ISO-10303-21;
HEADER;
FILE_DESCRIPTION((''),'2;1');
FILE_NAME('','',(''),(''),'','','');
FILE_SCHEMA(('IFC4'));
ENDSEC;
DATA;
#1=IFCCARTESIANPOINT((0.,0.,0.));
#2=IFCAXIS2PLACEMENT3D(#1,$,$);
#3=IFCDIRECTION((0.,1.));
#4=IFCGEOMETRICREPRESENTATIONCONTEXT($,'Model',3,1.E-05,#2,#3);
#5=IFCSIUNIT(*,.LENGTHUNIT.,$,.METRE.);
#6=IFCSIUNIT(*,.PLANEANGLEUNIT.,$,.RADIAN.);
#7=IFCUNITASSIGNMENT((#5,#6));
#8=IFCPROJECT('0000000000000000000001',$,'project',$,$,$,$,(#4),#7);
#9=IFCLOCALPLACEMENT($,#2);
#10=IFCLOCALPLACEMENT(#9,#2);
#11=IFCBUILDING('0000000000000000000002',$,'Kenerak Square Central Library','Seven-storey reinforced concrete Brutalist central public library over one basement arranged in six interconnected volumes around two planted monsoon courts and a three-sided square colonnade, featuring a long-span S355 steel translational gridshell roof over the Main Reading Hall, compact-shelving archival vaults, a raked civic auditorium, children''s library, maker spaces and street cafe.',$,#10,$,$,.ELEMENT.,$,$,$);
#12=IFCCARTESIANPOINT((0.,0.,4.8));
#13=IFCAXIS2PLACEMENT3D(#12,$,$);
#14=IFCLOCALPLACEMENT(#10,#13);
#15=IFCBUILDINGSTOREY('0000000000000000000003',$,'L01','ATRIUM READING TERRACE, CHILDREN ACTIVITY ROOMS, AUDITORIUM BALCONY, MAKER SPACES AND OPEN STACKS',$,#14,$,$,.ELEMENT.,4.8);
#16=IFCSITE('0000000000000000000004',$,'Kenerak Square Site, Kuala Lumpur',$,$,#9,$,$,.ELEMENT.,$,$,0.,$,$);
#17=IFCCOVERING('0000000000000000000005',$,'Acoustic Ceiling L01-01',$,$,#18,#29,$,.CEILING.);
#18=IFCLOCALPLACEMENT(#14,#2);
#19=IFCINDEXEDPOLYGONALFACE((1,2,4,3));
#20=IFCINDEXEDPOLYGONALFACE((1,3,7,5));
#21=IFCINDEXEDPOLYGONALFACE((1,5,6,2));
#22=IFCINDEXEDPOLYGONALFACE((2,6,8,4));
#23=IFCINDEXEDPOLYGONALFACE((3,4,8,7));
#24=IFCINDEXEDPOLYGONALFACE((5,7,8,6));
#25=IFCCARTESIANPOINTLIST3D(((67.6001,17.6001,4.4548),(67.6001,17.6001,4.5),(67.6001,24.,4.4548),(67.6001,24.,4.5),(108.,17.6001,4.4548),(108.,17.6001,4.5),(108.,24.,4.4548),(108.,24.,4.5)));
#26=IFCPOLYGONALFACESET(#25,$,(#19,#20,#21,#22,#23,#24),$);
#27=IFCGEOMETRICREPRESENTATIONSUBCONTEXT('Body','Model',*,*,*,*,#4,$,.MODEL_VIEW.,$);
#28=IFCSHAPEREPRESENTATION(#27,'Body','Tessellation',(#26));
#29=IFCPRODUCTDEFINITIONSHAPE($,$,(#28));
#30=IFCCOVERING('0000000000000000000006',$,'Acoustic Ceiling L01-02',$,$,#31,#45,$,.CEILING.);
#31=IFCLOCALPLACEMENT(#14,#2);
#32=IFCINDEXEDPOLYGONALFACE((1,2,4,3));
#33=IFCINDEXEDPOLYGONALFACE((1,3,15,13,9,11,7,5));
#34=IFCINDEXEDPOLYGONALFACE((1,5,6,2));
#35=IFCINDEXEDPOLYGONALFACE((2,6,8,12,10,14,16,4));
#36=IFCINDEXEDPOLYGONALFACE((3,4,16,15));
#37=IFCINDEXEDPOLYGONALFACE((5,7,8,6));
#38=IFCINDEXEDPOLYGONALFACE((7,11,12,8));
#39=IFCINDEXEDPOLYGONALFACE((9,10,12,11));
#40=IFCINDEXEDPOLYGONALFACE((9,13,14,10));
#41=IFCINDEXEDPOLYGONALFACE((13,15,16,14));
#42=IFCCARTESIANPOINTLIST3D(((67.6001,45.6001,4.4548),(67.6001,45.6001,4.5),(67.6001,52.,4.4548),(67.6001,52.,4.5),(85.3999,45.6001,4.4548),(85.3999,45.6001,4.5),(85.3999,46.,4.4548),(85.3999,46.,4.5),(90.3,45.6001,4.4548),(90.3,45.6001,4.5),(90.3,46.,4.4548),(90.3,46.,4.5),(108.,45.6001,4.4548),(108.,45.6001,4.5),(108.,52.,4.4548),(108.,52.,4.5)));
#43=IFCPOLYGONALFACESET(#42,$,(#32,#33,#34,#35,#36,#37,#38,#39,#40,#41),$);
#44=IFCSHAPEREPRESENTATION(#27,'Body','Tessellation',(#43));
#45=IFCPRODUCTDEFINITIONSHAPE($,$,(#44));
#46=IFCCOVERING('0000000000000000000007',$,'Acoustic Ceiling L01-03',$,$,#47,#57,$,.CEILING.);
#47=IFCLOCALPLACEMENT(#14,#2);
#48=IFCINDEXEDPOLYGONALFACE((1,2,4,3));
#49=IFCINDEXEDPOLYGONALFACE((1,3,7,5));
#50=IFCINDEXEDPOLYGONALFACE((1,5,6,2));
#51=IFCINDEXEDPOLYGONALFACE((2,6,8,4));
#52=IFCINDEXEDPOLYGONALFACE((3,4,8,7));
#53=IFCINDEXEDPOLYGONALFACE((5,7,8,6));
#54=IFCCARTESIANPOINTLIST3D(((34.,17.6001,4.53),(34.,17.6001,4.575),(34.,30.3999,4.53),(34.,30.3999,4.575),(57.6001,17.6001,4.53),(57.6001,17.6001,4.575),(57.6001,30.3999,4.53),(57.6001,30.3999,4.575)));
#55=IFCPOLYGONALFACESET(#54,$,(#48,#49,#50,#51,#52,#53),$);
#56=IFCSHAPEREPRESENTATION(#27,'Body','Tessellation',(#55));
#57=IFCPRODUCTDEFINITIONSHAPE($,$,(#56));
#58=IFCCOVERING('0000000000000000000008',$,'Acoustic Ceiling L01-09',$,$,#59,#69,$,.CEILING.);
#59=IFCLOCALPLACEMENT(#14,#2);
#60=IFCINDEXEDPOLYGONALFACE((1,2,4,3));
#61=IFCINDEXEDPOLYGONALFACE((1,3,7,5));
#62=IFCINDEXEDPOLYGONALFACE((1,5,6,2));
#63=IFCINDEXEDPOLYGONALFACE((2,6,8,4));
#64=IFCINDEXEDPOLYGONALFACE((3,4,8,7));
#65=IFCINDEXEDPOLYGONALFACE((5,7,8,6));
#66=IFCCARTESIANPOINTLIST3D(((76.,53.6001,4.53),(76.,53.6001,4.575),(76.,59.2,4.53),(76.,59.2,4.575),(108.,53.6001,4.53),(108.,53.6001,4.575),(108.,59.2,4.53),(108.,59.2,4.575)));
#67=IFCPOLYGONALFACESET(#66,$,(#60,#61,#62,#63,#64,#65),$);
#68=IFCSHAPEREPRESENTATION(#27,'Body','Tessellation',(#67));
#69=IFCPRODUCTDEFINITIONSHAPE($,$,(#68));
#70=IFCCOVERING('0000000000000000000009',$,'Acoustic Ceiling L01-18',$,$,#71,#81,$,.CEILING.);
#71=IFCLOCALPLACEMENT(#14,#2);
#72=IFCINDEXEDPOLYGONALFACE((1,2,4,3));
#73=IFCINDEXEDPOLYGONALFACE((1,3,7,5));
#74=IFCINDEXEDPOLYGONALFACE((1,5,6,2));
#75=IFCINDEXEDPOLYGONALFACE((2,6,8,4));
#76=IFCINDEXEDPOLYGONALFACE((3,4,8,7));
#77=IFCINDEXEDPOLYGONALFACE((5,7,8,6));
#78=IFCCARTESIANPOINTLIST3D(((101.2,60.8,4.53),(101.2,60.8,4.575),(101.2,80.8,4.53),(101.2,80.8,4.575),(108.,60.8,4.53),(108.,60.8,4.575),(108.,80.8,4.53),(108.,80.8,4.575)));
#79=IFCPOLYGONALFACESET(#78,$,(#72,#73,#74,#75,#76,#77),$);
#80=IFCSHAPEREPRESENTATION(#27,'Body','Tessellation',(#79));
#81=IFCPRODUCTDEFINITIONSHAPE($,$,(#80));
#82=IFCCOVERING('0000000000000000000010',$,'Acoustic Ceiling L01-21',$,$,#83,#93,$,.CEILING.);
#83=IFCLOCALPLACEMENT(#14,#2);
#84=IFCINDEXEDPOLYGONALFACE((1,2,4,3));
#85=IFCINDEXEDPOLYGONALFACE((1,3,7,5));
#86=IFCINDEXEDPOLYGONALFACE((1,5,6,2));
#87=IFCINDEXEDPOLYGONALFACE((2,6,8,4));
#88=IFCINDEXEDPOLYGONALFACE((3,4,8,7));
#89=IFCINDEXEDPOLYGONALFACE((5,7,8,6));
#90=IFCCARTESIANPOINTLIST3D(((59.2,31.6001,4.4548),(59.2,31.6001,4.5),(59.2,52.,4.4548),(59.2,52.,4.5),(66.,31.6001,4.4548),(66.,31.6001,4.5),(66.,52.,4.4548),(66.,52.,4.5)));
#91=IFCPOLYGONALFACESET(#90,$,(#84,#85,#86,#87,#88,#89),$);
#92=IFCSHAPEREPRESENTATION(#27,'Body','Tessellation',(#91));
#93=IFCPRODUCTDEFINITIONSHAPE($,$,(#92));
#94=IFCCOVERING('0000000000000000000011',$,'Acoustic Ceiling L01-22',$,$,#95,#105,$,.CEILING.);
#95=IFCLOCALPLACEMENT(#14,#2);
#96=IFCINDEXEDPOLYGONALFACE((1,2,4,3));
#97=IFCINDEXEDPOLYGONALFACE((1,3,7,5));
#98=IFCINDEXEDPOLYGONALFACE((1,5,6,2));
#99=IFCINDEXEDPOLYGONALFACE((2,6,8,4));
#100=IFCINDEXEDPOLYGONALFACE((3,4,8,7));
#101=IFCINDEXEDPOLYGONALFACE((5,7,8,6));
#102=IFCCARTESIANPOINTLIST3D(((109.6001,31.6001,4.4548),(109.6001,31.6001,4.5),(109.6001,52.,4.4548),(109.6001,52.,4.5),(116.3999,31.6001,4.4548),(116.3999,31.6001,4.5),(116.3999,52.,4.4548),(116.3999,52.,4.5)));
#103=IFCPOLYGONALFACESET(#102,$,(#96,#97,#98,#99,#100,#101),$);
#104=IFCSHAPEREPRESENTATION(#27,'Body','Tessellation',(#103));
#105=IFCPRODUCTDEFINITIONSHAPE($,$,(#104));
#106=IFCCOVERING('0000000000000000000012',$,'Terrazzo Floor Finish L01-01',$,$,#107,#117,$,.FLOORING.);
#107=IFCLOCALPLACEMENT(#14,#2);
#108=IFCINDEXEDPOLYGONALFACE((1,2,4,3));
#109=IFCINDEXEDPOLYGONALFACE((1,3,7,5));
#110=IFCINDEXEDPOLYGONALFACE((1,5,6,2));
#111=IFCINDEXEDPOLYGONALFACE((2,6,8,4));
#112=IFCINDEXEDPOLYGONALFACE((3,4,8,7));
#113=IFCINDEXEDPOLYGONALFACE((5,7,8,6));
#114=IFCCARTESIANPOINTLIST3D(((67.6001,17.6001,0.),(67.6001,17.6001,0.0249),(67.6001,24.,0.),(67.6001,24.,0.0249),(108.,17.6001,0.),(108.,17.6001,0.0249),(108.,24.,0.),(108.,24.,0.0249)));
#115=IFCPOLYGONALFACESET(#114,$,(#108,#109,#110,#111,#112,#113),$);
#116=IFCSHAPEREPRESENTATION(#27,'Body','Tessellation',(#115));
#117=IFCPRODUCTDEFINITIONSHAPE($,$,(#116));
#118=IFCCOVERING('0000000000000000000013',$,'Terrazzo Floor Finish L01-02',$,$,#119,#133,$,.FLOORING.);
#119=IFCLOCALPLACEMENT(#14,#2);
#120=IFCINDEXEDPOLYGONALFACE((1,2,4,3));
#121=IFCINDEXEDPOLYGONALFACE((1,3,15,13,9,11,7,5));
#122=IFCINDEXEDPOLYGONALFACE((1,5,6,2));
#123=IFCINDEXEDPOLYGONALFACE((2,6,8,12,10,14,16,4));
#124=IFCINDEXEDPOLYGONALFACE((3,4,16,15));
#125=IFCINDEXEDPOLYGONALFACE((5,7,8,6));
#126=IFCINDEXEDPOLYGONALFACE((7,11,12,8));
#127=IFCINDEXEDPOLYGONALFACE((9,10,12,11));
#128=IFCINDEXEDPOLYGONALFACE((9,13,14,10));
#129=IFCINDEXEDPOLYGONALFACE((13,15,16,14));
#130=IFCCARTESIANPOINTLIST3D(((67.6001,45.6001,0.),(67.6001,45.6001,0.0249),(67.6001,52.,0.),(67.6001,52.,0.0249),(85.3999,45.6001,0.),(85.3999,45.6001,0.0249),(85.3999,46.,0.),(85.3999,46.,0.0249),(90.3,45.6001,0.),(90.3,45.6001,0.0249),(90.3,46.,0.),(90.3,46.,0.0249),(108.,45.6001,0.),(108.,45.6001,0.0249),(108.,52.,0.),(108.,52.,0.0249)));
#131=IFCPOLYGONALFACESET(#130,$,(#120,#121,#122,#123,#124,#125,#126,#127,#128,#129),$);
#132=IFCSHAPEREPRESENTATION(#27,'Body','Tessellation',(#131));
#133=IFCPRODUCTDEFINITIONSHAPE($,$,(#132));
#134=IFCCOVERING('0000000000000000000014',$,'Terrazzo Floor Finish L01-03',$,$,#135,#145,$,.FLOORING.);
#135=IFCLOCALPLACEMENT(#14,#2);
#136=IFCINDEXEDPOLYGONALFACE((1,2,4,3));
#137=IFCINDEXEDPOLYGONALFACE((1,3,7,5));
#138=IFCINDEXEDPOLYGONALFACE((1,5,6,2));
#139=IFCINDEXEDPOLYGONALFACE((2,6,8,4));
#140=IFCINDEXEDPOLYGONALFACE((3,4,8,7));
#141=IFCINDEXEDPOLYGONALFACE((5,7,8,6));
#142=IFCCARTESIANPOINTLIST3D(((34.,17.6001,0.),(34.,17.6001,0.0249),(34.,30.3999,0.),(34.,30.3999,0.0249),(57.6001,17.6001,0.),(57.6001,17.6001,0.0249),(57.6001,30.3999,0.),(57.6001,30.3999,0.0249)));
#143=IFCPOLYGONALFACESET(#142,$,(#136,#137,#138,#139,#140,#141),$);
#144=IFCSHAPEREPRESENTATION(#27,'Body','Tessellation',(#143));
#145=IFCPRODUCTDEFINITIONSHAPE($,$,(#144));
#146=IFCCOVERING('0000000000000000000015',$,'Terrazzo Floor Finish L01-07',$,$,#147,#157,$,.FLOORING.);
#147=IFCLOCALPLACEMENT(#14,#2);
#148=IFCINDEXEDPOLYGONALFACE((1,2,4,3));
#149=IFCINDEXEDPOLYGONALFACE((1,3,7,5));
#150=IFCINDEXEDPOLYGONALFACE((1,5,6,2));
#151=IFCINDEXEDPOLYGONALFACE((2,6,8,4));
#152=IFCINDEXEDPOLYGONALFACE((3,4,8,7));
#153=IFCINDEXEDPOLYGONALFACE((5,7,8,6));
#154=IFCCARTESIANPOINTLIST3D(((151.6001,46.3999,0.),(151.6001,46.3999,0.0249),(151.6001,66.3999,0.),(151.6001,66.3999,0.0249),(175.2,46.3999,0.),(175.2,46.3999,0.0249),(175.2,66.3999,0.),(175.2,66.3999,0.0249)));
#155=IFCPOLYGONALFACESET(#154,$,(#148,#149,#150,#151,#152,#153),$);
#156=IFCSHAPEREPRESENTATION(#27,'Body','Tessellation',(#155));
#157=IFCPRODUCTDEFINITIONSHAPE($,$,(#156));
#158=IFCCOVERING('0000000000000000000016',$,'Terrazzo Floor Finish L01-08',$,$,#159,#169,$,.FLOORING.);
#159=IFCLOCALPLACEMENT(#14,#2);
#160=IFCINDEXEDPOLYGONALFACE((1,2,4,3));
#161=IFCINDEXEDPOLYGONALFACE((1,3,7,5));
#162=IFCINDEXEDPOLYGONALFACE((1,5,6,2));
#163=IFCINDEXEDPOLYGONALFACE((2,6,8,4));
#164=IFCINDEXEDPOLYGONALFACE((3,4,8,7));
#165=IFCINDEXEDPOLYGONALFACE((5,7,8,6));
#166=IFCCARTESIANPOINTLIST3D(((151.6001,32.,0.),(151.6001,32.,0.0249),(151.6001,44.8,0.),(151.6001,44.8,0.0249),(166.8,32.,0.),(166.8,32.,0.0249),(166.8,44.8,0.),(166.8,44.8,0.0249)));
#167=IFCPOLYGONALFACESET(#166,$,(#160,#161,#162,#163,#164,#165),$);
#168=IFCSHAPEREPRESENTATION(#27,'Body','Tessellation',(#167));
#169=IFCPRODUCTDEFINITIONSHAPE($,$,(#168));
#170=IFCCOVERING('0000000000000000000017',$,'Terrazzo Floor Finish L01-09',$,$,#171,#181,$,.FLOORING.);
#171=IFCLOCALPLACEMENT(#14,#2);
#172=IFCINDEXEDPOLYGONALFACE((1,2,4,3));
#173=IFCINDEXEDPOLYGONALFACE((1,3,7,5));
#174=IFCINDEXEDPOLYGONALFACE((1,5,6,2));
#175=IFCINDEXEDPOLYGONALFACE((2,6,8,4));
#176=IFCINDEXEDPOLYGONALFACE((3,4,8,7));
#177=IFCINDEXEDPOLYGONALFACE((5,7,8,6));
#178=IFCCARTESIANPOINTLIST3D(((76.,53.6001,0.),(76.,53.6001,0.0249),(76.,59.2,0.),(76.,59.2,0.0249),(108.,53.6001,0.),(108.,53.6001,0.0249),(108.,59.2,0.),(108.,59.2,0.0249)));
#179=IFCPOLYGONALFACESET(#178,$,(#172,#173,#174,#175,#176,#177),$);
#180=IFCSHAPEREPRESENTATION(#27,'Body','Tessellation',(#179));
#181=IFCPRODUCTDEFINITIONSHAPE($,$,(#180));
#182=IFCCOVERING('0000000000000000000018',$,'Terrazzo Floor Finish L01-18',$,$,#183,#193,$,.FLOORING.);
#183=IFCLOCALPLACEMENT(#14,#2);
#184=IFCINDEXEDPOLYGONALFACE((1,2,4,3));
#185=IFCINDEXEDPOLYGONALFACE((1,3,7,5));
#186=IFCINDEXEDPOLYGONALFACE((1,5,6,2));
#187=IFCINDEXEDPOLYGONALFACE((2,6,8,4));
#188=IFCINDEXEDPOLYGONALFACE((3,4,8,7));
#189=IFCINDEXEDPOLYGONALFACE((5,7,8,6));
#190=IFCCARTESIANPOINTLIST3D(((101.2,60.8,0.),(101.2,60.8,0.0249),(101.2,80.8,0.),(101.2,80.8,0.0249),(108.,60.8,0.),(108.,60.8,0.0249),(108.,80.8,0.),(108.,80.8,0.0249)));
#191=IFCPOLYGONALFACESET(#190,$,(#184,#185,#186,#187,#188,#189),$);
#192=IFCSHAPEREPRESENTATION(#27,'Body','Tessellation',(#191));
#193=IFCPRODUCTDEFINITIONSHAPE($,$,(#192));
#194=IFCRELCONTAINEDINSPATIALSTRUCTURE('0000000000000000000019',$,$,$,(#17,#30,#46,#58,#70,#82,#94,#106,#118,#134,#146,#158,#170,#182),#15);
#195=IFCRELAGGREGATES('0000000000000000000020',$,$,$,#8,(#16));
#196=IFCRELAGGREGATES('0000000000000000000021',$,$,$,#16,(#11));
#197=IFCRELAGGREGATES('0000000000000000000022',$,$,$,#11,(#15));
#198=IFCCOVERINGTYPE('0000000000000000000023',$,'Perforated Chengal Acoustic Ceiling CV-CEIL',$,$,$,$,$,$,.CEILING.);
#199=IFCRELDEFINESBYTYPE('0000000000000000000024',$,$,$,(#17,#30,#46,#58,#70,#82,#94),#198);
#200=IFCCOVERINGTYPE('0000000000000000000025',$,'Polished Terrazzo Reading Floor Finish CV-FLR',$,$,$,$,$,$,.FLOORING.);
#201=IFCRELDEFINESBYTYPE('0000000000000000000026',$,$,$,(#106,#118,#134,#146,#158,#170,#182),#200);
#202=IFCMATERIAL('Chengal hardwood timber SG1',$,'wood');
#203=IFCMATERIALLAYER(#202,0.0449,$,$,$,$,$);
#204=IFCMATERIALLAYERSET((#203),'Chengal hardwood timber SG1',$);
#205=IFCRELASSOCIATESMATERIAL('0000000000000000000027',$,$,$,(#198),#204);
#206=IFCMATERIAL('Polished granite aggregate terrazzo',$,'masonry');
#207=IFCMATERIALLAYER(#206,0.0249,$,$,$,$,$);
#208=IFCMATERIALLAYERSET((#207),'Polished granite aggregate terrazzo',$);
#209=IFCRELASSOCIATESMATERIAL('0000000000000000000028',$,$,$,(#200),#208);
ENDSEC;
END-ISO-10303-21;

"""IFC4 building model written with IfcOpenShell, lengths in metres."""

from ifc_helpers import new_model, si_unit, direction, frame, origin, place, context, subcontext, project, spatial, polyline, outline, extrude, material, layer, layer_set, type_object, element, save


model = new_model("IFC4")

# Units and contexts
model_context = context("Model", 3, precision=1e-05, world=origin(), true_north=direction((0.0, 1.0)))
body_context = subcontext(model_context, "Body", "Model", "MODEL_VIEW")
ifc_project = project(units=[si_unit("LENGTHUNIT", "METRE"), si_unit("PLANEANGLEUNIT", "RADIAN")], contexts=[model_context])

# Site, building, storey
site_placement = place(None, origin())
site = spatial("IfcSite", under=ifc_project, at=site_placement, Name="Kenerak Square Site, Kuala Lumpur", CompositionType="ELEMENT", RefElevation=0.0)
building_placement = place(site_placement, origin())
building = spatial("IfcBuilding", under=site, at=building_placement, Name="Kenerak Square Central Library", Description="Seven-storey reinforced concrete Brutalist central public library over one basement arranged in six interconnected volumes around two planted monsoon courts and a three-sided square colonnade, featuring a long-span S355 steel translational gridshell roof over the Main Reading Hall, compact-shelving archival vaults, a raked civic auditorium, children's library, maker spaces and street cafe.", CompositionType="ELEMENT")
storey_placement = place(building_placement, frame((0.0, 0.0, 4.8)))
storey = spatial("IfcBuildingStorey", under=building, at=storey_placement, Name="L01", Description="ATRIUM READING TERRACE, CHILDREN ACTIVITY ROOMS, AUDITORIUM BALCONY, MAKER SPACES AND OPEN STACKS", CompositionType="ELEMENT", Elevation=4.8)

# Coverings
ifc_material_1 = material(Name="Chengal hardwood timber SG1", Category="wood")
ifc_layer_1 = layer(ifc_material_1, 0.0449)
ifc_layer_set_1 = layer_set([ifc_layer_1], Name="Chengal hardwood timber SG1")
covering_type_1 = type_object("IfcCoveringType", Name="Perforated Chengal Acoustic Ceiling CV-CEIL", PredefinedType="CEILING", material=ifc_layer_set_1)
covering_1_placement = place(storey_placement, frame((0.0, 0.0, 4.4548)))
element("IfcCovering", 1, at=covering_1_placement, inside=storey, type_object=covering_type_1, Name="Acoustic Ceiling L01-01", PredefinedType="CEILING", context=body_context, shape_type="SweptSolid", body=[
    extrude(outline(polyline([(108.0, 17.6001), (67.6001, 17.6001), (67.6001, 24.0), (108.0, 24.0), (108.0, 17.6001)])), origin(), (0.0, 0.0, 1.0), 0.0452),
])
covering_2_placement = place(storey_placement, frame((0.0, 0.0, 4.4548)))
element("IfcCovering", 2, at=covering_2_placement, inside=storey, type_object=covering_type_1, Name="Acoustic Ceiling L01-02", PredefinedType="CEILING", context=body_context, shape_type="SweptSolid", body=[
    extrude(outline(polyline([(90.3, 46.0), (85.3999, 46.0), (85.3999, 45.6001), (67.6001, 45.6001), (67.6001, 52.0), (108.0, 52.0), (108.0, 45.6001), (90.3, 45.6001), (90.3, 46.0)])), origin(), (0.0, 0.0, 1.0), 0.0452),
])
covering_3_placement = place(storey_placement, frame((0.0, 0.0, 4.53)))
element("IfcCovering", 3, at=covering_3_placement, inside=storey, type_object=covering_type_1, Name="Acoustic Ceiling L01-03", PredefinedType="CEILING", context=body_context, shape_type="SweptSolid", body=[
    extrude(outline(polyline([(34.0, 30.3999), (57.6001, 30.3999), (57.6001, 17.6001), (34.0, 17.6001), (34.0, 30.3999)])), origin(), (0.0, 0.0, 1.0), 0.0449),
])
covering_4_placement = place(storey_placement, frame((0.0, 0.0, 4.53)))
element("IfcCovering", 4, at=covering_4_placement, inside=storey, type_object=covering_type_1, Name="Acoustic Ceiling L01-09", PredefinedType="CEILING", context=body_context, shape_type="SweptSolid", body=[
    extrude(outline(polyline([(76.0, 59.2), (108.0, 59.2), (108.0, 53.6001), (76.0, 53.6001), (76.0, 59.2)])), origin(), (0.0, 0.0, 1.0), 0.0449),
])
covering_5_placement = place(storey_placement, frame((0.0, 0.0, 4.53)))
element("IfcCovering", 5, at=covering_5_placement, inside=storey, type_object=covering_type_1, Name="Acoustic Ceiling L01-18", PredefinedType="CEILING", context=body_context, shape_type="SweptSolid", body=[
    extrude(outline(polyline([(101.2, 80.8), (108.0, 80.8), (108.0, 60.8), (101.2, 60.8), (101.2, 80.8)])), origin(), (0.0, 0.0, 1.0), 0.0449),
])
covering_6_placement = place(storey_placement, frame((0.0, 0.0, 4.4548)))
element("IfcCovering", 6, at=covering_6_placement, inside=storey, type_object=covering_type_1, Name="Acoustic Ceiling L01-21", PredefinedType="CEILING", context=body_context, shape_type="SweptSolid", body=[
    extrude(outline(polyline([(59.2, 52.0), (66.0, 52.0), (66.0, 31.6001), (59.2, 31.6001), (59.2, 52.0)])), origin(), (0.0, 0.0, 1.0), 0.0452),
])
covering_7_placement = place(storey_placement, frame((0.0, 0.0, 4.4548)))
element("IfcCovering", 7, at=covering_7_placement, inside=storey, type_object=covering_type_1, Name="Acoustic Ceiling L01-22", PredefinedType="CEILING", context=body_context, shape_type="SweptSolid", body=[
    extrude(outline(polyline([(116.3999, 52.0), (116.3999, 31.6001), (109.6001, 31.6001), (109.6001, 52.0), (116.3999, 52.0)])), origin(), (0.0, 0.0, 1.0), 0.0452),
])
ifc_material_2 = material(Name="Polished granite aggregate terrazzo", Category="masonry")
ifc_layer_2 = layer(ifc_material_2, 0.0249)
ifc_layer_set_2 = layer_set([ifc_layer_2], Name="Polished granite aggregate terrazzo")
covering_type_2 = type_object("IfcCoveringType", Name="Polished Terrazzo Reading Floor Finish CV-FLR", PredefinedType="FLOORING", material=ifc_layer_set_2)
covering_8_placement = place(storey_placement, origin())
element("IfcCovering", 8, at=covering_8_placement, inside=storey, type_object=covering_type_2, Name="Terrazzo Floor Finish L01-01", PredefinedType="FLOORING", context=body_context, shape_type="SweptSolid", body=[
    extrude(outline(polyline([(108.0, 17.6001), (67.6001, 17.6001), (67.6001, 24.0), (108.0, 24.0), (108.0, 17.6001)])), origin(), (0.0, 0.0, 1.0), 0.0249),
])
covering_9_placement = place(storey_placement, origin())
element("IfcCovering", 9, at=covering_9_placement, inside=storey, type_object=covering_type_2, Name="Terrazzo Floor Finish L01-02", PredefinedType="FLOORING", context=body_context, shape_type="SweptSolid", body=[
    extrude(outline(polyline([(90.3, 46.0), (85.3999, 46.0), (85.3999, 45.6001), (67.6001, 45.6001), (67.6001, 52.0), (108.0, 52.0), (108.0, 45.6001), (90.3, 45.6001), (90.3, 46.0)])), origin(), (0.0, 0.0, 1.0), 0.0249),
])
covering_10_placement = place(storey_placement, origin())
element("IfcCovering", 10, at=covering_10_placement, inside=storey, type_object=covering_type_2, Name="Terrazzo Floor Finish L01-03", PredefinedType="FLOORING", context=body_context, shape_type="SweptSolid", body=[
    extrude(outline(polyline([(34.0, 30.3999), (57.6001, 30.3999), (57.6001, 17.6001), (34.0, 17.6001), (34.0, 30.3999)])), origin(), (0.0, 0.0, 1.0), 0.0249),
])
covering_11_placement = place(storey_placement, origin())
element("IfcCovering", 11, at=covering_11_placement, inside=storey, type_object=covering_type_2, Name="Terrazzo Floor Finish L01-07", PredefinedType="FLOORING", context=body_context, shape_type="SweptSolid", body=[
    extrude(outline(polyline([(151.6001, 66.3999), (175.2, 66.3999), (175.2, 46.3999), (151.6001, 46.3999), (151.6001, 66.3999)])), origin(), (0.0, 0.0, 1.0), 0.0249),
])
covering_12_placement = place(storey_placement, origin())
element("IfcCovering", 12, at=covering_12_placement, inside=storey, type_object=covering_type_2, Name="Terrazzo Floor Finish L01-08", PredefinedType="FLOORING", context=body_context, shape_type="SweptSolid", body=[
    extrude(outline(polyline([(151.6001, 44.8), (166.8, 44.8), (166.8, 32.0), (151.6001, 32.0), (151.6001, 44.8)])), origin(), (0.0, 0.0, 1.0), 0.0249),
])
covering_13_placement = place(storey_placement, origin())
element("IfcCovering", 13, at=covering_13_placement, inside=storey, type_object=covering_type_2, Name="Terrazzo Floor Finish L01-09", PredefinedType="FLOORING", context=body_context, shape_type="SweptSolid", body=[
    extrude(outline(polyline([(76.0, 59.2), (108.0, 59.2), (108.0, 53.6001), (76.0, 53.6001), (76.0, 59.2)])), origin(), (0.0, 0.0, 1.0), 0.0249),
])
covering_14_placement = place(storey_placement, origin())
element("IfcCovering", 14, at=covering_14_placement, inside=storey, type_object=covering_type_2, Name="Terrazzo Floor Finish L01-18", PredefinedType="FLOORING", context=body_context, shape_type="SweptSolid", body=[
    extrude(outline(polyline([(101.2, 80.8), (108.0, 80.8), (108.0, 60.8), (101.2, 60.8), (101.2, 80.8)])), origin(), (0.0, 0.0, 1.0), 0.0249),
])

save(model, "model.ifc")
